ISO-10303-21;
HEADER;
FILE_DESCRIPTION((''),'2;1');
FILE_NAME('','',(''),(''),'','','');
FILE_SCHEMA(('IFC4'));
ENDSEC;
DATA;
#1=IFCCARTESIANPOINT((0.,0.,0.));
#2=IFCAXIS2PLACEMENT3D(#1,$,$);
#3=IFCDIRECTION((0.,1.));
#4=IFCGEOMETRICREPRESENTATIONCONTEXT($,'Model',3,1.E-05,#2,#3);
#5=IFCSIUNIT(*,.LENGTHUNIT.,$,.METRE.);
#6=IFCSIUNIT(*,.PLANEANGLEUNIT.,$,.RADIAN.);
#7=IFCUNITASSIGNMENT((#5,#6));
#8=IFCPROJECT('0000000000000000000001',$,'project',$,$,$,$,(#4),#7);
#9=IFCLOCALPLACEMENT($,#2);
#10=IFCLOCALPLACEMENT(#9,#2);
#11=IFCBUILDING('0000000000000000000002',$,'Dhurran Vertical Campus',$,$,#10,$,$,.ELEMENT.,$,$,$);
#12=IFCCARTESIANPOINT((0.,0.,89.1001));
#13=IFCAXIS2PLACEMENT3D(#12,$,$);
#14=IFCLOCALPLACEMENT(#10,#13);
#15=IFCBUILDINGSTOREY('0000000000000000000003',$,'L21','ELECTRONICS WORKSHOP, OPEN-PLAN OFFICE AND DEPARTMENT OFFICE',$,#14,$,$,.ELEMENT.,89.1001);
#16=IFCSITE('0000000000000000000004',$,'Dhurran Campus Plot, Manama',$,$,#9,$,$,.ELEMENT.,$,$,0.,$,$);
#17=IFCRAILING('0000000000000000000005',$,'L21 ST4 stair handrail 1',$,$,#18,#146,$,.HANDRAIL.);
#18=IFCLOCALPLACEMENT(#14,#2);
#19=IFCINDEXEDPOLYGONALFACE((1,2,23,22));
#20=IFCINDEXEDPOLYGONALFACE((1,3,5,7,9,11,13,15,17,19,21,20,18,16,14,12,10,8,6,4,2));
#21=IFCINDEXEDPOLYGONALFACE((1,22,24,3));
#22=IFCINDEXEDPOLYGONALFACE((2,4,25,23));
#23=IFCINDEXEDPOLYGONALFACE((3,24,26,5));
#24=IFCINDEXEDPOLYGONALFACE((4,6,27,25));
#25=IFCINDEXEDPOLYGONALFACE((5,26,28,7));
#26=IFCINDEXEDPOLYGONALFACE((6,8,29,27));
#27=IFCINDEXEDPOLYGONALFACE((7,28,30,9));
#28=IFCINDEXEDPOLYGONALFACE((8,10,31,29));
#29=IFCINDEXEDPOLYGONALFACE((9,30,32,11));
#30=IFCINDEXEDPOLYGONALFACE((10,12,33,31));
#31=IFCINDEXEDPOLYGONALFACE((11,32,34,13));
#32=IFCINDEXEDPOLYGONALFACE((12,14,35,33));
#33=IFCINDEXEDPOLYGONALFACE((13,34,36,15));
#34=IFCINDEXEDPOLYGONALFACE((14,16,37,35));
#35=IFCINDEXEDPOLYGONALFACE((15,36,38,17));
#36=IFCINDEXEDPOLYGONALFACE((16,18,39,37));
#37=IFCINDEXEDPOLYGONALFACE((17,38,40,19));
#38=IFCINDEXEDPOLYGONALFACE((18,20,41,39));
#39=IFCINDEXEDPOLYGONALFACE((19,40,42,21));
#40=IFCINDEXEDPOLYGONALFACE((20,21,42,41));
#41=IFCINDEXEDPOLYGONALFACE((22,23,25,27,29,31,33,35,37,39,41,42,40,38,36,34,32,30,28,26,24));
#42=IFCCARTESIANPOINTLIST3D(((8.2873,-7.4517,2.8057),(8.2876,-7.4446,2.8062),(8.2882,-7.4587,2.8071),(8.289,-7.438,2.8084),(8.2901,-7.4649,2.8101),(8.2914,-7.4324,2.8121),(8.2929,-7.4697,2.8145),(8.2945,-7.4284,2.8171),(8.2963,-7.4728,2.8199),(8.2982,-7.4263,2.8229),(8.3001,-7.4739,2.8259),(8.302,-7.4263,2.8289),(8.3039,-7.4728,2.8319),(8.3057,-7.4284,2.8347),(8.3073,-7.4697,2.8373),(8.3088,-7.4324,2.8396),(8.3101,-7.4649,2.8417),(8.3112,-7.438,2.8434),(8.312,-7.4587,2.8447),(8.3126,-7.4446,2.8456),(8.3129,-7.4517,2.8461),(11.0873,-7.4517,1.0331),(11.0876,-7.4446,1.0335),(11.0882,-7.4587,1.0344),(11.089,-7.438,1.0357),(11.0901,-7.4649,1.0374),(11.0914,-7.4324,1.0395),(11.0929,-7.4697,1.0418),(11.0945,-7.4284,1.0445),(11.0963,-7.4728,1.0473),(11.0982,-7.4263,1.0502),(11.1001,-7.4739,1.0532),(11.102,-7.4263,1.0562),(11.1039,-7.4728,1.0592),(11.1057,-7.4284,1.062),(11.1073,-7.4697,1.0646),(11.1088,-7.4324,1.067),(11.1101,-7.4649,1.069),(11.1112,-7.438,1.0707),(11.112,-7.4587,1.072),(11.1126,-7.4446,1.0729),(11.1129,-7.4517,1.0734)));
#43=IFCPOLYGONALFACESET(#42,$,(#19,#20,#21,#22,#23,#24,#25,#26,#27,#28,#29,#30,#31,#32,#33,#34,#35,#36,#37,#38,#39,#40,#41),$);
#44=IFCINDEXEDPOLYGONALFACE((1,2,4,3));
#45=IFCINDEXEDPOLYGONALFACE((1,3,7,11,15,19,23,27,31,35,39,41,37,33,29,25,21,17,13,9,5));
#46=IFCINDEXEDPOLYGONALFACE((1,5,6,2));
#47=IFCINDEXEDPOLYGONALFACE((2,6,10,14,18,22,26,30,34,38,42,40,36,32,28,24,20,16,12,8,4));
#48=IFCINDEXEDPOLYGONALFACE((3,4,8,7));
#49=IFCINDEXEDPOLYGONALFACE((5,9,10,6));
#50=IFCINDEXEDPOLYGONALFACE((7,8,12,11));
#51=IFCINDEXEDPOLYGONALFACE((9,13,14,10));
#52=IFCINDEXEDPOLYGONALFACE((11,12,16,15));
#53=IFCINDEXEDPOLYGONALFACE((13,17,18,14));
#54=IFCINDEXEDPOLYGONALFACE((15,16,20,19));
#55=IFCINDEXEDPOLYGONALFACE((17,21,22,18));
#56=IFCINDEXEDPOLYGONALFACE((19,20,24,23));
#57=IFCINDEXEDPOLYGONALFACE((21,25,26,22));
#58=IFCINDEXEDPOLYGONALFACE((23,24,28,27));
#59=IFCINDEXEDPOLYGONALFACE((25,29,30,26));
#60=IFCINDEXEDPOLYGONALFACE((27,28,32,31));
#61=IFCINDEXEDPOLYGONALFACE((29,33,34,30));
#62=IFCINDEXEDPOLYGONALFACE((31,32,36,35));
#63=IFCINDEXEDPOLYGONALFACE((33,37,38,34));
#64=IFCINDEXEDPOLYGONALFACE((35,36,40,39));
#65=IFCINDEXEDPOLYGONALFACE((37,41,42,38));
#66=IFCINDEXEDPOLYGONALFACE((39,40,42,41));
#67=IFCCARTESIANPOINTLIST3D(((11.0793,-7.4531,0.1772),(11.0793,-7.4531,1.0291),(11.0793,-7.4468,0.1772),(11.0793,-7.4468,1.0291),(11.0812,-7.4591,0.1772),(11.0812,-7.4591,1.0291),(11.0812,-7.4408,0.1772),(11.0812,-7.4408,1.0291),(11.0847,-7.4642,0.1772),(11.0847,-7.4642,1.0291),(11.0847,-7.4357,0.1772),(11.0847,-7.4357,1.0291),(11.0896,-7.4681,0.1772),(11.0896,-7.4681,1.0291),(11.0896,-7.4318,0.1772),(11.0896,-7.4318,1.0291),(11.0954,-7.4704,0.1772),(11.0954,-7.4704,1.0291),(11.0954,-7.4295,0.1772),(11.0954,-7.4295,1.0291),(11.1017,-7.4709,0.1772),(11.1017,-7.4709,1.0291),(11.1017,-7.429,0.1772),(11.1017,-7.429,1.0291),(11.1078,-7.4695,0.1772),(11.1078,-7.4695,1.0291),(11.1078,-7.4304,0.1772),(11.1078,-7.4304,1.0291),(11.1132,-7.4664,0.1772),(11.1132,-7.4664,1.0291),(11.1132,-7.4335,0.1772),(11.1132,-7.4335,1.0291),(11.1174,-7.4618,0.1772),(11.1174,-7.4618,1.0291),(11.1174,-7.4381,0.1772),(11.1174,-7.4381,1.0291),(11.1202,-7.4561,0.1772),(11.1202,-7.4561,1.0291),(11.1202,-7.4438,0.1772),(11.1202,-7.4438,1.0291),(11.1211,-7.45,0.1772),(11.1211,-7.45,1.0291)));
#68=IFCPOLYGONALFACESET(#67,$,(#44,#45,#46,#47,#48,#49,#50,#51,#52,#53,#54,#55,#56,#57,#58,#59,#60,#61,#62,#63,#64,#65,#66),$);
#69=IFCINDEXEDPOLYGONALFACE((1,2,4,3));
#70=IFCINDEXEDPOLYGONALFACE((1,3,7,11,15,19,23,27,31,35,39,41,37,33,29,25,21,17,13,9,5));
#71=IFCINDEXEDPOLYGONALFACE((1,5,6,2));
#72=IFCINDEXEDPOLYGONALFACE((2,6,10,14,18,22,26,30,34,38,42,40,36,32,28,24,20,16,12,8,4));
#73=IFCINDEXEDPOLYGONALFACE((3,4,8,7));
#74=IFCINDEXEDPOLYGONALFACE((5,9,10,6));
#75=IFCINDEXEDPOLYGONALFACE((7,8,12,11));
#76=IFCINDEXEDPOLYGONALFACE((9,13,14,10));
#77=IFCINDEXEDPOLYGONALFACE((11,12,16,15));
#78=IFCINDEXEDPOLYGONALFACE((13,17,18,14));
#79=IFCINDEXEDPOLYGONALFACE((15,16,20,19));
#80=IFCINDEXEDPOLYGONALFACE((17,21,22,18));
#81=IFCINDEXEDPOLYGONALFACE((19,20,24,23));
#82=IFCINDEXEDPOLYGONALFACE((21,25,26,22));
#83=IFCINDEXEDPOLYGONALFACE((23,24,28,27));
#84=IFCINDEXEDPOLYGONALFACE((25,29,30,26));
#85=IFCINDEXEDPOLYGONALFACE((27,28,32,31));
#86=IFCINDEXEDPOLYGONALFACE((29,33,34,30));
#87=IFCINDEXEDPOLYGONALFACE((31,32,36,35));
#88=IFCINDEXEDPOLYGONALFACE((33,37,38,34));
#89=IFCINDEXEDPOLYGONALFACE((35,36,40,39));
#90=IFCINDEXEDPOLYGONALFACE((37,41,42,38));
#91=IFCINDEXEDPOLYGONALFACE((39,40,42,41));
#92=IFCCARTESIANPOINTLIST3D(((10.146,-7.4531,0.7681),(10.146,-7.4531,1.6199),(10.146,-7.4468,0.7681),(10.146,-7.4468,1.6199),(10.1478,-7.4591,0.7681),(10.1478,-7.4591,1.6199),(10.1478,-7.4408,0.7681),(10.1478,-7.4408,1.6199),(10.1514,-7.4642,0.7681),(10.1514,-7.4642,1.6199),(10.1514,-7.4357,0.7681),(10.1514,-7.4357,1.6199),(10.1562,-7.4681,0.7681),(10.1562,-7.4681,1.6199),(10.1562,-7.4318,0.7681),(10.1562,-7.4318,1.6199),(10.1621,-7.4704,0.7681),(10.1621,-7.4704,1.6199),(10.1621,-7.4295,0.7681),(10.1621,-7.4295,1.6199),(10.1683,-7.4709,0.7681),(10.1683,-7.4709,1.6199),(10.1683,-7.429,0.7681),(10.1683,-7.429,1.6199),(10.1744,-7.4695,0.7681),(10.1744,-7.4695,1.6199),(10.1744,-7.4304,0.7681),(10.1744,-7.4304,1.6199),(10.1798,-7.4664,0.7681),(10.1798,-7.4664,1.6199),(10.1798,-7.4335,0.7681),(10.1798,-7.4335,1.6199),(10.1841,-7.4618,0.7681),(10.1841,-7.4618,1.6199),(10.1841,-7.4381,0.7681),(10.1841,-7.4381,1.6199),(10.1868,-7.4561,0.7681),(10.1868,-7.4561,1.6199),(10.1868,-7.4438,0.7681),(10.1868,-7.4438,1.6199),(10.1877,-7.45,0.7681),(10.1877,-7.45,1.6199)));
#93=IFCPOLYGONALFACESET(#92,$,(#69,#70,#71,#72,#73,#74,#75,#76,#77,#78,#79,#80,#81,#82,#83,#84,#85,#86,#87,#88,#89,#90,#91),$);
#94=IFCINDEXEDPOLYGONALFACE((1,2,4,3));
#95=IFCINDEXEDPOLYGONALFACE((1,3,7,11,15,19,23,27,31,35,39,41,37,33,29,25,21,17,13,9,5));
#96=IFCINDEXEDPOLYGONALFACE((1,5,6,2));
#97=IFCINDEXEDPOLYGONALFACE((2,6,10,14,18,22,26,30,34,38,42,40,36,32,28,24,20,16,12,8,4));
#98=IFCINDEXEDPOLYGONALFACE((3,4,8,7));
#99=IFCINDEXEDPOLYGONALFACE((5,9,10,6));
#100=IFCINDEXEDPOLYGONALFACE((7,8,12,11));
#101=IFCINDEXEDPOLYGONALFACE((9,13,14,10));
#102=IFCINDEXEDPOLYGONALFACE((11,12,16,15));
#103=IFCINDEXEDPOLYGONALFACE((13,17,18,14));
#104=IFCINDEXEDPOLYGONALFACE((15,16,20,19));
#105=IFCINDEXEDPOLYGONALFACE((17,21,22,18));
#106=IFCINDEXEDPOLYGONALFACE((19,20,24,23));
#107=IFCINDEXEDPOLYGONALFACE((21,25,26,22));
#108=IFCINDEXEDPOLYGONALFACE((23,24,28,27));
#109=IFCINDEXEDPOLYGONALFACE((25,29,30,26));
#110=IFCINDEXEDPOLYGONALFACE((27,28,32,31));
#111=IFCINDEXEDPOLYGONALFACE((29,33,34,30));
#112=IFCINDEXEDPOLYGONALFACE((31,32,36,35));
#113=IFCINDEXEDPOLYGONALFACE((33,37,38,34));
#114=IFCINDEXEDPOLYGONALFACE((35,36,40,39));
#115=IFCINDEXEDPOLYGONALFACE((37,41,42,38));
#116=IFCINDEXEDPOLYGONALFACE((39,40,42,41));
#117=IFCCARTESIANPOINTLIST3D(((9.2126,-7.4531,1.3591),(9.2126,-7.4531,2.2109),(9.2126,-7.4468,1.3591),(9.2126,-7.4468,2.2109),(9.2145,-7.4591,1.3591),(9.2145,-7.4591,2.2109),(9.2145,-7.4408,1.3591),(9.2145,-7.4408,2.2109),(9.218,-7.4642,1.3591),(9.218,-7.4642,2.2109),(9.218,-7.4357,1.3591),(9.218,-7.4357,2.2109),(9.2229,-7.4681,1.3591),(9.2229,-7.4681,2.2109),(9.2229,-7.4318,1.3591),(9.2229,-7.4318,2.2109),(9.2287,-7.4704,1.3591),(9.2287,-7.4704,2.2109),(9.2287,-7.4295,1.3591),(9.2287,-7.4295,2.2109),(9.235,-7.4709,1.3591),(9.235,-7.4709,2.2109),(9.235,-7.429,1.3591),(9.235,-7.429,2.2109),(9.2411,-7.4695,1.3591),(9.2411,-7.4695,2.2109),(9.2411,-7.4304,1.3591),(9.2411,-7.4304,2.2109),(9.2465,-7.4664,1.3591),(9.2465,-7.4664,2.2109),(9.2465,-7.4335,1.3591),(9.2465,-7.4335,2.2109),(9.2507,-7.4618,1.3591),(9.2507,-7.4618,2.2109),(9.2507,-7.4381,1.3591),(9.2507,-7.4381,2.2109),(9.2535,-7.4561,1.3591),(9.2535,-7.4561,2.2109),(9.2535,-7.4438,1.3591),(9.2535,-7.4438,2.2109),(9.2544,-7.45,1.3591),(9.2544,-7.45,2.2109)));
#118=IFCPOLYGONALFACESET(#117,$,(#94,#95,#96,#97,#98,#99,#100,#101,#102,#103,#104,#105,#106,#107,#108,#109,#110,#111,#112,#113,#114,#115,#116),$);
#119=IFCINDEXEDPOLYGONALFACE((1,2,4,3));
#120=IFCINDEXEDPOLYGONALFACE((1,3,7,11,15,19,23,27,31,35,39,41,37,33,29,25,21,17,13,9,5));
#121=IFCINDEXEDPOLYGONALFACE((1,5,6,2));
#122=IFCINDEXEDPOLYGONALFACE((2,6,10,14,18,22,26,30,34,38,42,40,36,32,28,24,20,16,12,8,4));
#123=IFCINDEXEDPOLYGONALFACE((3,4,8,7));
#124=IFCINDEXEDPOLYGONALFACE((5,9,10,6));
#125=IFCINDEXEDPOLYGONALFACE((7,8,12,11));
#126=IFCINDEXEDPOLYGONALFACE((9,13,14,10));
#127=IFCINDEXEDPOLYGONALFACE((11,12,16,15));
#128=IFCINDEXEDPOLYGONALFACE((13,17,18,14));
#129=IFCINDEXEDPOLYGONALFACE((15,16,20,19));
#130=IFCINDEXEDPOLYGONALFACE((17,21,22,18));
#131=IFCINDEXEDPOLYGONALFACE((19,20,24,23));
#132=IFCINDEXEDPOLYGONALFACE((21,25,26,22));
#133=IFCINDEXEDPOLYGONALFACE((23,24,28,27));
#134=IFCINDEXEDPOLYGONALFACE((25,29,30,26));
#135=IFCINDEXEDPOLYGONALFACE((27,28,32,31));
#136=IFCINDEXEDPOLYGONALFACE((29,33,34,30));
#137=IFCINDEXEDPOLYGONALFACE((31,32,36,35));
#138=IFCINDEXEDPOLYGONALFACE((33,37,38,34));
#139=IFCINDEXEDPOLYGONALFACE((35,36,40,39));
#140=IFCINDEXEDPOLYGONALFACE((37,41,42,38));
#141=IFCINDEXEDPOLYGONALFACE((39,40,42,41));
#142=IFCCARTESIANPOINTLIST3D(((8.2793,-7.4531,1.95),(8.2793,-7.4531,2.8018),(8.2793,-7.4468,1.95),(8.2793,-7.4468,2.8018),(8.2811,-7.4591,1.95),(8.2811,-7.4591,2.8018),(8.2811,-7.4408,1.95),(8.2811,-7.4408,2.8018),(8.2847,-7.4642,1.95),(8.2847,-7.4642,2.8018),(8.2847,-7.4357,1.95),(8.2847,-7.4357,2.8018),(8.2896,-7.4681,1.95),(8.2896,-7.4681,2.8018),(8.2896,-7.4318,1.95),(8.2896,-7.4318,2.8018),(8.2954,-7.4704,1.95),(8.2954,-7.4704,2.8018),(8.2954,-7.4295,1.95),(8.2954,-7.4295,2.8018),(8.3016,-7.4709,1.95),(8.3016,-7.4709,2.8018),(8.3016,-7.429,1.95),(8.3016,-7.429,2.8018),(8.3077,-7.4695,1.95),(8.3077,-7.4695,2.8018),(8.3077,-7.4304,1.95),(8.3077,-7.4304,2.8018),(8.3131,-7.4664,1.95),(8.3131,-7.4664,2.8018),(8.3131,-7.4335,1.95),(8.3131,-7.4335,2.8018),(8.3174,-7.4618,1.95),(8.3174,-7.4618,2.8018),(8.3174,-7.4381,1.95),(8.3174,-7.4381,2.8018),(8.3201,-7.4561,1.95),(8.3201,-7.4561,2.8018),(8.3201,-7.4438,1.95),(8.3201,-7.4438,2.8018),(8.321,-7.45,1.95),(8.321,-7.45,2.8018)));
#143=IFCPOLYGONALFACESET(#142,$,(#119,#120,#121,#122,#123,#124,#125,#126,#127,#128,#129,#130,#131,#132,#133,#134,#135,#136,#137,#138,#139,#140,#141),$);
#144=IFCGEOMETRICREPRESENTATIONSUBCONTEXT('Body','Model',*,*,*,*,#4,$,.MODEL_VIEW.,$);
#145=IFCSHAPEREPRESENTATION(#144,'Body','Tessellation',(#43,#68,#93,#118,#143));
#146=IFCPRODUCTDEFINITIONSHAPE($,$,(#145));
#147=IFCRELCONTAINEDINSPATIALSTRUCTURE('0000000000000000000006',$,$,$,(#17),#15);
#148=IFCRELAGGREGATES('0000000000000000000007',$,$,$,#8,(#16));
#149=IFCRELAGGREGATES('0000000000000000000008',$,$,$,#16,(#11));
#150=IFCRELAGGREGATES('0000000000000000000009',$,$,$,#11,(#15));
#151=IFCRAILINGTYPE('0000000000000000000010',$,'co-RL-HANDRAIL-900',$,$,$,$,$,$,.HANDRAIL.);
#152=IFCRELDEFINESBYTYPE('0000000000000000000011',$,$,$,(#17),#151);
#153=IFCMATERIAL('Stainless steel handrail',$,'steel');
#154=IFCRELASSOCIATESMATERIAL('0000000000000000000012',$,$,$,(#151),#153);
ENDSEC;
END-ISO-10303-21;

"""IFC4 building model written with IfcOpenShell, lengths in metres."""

from ifc_helpers import new_model, si_unit, direction, frame, origin, origin_2d, place, context, subcontext, project, spatial, circle, extrude, material, type_object, element, save


model = new_model("IFC4")

# Units and contexts
model_context = context("Model", 3, precision=1e-05, world=origin(), true_north=direction((0.0, 1.0)))
body_context = subcontext(model_context, "Body", "Model", "MODEL_VIEW")
ifc_project = project(units=[si_unit("LENGTHUNIT", "METRE"), si_unit("PLANEANGLEUNIT", "RADIAN")], contexts=[model_context])

# Site, building, storey
site_placement = place(None, origin())
site = spatial("IfcSite", under=ifc_project, at=site_placement, Name="Dhurran Campus Plot, Manama", CompositionType="ELEMENT", RefElevation=0.0)
building_placement = place(site_placement, origin())
building = spatial("IfcBuilding", under=site, at=building_placement, Name="Dhurran Vertical Campus", CompositionType="ELEMENT")
storey_placement = place(building_placement, frame((0.0, 0.0, 89.1001)))
storey = spatial("IfcBuildingStorey", under=building, at=storey_placement, Name="L21", Description="ELECTRONICS WORKSHOP, OPEN-PLAN OFFICE AND DEPARTMENT OFFICE", CompositionType="ELEMENT", Elevation=89.1001)

# Railing
ifc_material_1 = material(Name="Stainless steel handrail", Category="steel")
railing_type_1 = type_object("IfcRailingType", Name="co-RL-HANDRAIL-900", PredefinedType="HANDRAIL", material=ifc_material_1)
railing_1_placement = place(storey_placement, frame((11.1001, -7.45, 0.1772)))
element("IfcRailing", 1, at=railing_1_placement, inside=storey, type_object=railing_type_1, Name="L21 ST4 stair handrail 1", PredefinedType="HANDRAIL", context=body_context, shape_type="SweptSolid", body=[
    extrude(circle(Radius=0.0239, at=origin_2d()), frame((0.0, 0.0, 0.876), z_axis=(-0.844909, 0.0, 0.53491), x_axis=(0.0, -1.0, 0.0)), (0.0, 0.0, 1.0), 3.314),
    extrude(circle(Radius=0.021, at=origin_2d()), origin(), (0.0, 0.0, 1.0), 0.8518),
    extrude(circle(Radius=0.021, at=origin_2d()), frame((-0.9333, 0.0, 0.5908)), (0.0, 0.0, 1.0), 0.8518),
    extrude(circle(Radius=0.021, at=origin_2d()), frame((-1.8667, 0.0, 1.1819)), (0.0, 0.0, 1.0), 0.8518),
    extrude(circle(Radius=0.021, at=origin_2d()), frame((-2.8, 0.0, 1.7727)), (0.0, 0.0, 1.0), 0.8518),
])

save(model, "model.ifc")
